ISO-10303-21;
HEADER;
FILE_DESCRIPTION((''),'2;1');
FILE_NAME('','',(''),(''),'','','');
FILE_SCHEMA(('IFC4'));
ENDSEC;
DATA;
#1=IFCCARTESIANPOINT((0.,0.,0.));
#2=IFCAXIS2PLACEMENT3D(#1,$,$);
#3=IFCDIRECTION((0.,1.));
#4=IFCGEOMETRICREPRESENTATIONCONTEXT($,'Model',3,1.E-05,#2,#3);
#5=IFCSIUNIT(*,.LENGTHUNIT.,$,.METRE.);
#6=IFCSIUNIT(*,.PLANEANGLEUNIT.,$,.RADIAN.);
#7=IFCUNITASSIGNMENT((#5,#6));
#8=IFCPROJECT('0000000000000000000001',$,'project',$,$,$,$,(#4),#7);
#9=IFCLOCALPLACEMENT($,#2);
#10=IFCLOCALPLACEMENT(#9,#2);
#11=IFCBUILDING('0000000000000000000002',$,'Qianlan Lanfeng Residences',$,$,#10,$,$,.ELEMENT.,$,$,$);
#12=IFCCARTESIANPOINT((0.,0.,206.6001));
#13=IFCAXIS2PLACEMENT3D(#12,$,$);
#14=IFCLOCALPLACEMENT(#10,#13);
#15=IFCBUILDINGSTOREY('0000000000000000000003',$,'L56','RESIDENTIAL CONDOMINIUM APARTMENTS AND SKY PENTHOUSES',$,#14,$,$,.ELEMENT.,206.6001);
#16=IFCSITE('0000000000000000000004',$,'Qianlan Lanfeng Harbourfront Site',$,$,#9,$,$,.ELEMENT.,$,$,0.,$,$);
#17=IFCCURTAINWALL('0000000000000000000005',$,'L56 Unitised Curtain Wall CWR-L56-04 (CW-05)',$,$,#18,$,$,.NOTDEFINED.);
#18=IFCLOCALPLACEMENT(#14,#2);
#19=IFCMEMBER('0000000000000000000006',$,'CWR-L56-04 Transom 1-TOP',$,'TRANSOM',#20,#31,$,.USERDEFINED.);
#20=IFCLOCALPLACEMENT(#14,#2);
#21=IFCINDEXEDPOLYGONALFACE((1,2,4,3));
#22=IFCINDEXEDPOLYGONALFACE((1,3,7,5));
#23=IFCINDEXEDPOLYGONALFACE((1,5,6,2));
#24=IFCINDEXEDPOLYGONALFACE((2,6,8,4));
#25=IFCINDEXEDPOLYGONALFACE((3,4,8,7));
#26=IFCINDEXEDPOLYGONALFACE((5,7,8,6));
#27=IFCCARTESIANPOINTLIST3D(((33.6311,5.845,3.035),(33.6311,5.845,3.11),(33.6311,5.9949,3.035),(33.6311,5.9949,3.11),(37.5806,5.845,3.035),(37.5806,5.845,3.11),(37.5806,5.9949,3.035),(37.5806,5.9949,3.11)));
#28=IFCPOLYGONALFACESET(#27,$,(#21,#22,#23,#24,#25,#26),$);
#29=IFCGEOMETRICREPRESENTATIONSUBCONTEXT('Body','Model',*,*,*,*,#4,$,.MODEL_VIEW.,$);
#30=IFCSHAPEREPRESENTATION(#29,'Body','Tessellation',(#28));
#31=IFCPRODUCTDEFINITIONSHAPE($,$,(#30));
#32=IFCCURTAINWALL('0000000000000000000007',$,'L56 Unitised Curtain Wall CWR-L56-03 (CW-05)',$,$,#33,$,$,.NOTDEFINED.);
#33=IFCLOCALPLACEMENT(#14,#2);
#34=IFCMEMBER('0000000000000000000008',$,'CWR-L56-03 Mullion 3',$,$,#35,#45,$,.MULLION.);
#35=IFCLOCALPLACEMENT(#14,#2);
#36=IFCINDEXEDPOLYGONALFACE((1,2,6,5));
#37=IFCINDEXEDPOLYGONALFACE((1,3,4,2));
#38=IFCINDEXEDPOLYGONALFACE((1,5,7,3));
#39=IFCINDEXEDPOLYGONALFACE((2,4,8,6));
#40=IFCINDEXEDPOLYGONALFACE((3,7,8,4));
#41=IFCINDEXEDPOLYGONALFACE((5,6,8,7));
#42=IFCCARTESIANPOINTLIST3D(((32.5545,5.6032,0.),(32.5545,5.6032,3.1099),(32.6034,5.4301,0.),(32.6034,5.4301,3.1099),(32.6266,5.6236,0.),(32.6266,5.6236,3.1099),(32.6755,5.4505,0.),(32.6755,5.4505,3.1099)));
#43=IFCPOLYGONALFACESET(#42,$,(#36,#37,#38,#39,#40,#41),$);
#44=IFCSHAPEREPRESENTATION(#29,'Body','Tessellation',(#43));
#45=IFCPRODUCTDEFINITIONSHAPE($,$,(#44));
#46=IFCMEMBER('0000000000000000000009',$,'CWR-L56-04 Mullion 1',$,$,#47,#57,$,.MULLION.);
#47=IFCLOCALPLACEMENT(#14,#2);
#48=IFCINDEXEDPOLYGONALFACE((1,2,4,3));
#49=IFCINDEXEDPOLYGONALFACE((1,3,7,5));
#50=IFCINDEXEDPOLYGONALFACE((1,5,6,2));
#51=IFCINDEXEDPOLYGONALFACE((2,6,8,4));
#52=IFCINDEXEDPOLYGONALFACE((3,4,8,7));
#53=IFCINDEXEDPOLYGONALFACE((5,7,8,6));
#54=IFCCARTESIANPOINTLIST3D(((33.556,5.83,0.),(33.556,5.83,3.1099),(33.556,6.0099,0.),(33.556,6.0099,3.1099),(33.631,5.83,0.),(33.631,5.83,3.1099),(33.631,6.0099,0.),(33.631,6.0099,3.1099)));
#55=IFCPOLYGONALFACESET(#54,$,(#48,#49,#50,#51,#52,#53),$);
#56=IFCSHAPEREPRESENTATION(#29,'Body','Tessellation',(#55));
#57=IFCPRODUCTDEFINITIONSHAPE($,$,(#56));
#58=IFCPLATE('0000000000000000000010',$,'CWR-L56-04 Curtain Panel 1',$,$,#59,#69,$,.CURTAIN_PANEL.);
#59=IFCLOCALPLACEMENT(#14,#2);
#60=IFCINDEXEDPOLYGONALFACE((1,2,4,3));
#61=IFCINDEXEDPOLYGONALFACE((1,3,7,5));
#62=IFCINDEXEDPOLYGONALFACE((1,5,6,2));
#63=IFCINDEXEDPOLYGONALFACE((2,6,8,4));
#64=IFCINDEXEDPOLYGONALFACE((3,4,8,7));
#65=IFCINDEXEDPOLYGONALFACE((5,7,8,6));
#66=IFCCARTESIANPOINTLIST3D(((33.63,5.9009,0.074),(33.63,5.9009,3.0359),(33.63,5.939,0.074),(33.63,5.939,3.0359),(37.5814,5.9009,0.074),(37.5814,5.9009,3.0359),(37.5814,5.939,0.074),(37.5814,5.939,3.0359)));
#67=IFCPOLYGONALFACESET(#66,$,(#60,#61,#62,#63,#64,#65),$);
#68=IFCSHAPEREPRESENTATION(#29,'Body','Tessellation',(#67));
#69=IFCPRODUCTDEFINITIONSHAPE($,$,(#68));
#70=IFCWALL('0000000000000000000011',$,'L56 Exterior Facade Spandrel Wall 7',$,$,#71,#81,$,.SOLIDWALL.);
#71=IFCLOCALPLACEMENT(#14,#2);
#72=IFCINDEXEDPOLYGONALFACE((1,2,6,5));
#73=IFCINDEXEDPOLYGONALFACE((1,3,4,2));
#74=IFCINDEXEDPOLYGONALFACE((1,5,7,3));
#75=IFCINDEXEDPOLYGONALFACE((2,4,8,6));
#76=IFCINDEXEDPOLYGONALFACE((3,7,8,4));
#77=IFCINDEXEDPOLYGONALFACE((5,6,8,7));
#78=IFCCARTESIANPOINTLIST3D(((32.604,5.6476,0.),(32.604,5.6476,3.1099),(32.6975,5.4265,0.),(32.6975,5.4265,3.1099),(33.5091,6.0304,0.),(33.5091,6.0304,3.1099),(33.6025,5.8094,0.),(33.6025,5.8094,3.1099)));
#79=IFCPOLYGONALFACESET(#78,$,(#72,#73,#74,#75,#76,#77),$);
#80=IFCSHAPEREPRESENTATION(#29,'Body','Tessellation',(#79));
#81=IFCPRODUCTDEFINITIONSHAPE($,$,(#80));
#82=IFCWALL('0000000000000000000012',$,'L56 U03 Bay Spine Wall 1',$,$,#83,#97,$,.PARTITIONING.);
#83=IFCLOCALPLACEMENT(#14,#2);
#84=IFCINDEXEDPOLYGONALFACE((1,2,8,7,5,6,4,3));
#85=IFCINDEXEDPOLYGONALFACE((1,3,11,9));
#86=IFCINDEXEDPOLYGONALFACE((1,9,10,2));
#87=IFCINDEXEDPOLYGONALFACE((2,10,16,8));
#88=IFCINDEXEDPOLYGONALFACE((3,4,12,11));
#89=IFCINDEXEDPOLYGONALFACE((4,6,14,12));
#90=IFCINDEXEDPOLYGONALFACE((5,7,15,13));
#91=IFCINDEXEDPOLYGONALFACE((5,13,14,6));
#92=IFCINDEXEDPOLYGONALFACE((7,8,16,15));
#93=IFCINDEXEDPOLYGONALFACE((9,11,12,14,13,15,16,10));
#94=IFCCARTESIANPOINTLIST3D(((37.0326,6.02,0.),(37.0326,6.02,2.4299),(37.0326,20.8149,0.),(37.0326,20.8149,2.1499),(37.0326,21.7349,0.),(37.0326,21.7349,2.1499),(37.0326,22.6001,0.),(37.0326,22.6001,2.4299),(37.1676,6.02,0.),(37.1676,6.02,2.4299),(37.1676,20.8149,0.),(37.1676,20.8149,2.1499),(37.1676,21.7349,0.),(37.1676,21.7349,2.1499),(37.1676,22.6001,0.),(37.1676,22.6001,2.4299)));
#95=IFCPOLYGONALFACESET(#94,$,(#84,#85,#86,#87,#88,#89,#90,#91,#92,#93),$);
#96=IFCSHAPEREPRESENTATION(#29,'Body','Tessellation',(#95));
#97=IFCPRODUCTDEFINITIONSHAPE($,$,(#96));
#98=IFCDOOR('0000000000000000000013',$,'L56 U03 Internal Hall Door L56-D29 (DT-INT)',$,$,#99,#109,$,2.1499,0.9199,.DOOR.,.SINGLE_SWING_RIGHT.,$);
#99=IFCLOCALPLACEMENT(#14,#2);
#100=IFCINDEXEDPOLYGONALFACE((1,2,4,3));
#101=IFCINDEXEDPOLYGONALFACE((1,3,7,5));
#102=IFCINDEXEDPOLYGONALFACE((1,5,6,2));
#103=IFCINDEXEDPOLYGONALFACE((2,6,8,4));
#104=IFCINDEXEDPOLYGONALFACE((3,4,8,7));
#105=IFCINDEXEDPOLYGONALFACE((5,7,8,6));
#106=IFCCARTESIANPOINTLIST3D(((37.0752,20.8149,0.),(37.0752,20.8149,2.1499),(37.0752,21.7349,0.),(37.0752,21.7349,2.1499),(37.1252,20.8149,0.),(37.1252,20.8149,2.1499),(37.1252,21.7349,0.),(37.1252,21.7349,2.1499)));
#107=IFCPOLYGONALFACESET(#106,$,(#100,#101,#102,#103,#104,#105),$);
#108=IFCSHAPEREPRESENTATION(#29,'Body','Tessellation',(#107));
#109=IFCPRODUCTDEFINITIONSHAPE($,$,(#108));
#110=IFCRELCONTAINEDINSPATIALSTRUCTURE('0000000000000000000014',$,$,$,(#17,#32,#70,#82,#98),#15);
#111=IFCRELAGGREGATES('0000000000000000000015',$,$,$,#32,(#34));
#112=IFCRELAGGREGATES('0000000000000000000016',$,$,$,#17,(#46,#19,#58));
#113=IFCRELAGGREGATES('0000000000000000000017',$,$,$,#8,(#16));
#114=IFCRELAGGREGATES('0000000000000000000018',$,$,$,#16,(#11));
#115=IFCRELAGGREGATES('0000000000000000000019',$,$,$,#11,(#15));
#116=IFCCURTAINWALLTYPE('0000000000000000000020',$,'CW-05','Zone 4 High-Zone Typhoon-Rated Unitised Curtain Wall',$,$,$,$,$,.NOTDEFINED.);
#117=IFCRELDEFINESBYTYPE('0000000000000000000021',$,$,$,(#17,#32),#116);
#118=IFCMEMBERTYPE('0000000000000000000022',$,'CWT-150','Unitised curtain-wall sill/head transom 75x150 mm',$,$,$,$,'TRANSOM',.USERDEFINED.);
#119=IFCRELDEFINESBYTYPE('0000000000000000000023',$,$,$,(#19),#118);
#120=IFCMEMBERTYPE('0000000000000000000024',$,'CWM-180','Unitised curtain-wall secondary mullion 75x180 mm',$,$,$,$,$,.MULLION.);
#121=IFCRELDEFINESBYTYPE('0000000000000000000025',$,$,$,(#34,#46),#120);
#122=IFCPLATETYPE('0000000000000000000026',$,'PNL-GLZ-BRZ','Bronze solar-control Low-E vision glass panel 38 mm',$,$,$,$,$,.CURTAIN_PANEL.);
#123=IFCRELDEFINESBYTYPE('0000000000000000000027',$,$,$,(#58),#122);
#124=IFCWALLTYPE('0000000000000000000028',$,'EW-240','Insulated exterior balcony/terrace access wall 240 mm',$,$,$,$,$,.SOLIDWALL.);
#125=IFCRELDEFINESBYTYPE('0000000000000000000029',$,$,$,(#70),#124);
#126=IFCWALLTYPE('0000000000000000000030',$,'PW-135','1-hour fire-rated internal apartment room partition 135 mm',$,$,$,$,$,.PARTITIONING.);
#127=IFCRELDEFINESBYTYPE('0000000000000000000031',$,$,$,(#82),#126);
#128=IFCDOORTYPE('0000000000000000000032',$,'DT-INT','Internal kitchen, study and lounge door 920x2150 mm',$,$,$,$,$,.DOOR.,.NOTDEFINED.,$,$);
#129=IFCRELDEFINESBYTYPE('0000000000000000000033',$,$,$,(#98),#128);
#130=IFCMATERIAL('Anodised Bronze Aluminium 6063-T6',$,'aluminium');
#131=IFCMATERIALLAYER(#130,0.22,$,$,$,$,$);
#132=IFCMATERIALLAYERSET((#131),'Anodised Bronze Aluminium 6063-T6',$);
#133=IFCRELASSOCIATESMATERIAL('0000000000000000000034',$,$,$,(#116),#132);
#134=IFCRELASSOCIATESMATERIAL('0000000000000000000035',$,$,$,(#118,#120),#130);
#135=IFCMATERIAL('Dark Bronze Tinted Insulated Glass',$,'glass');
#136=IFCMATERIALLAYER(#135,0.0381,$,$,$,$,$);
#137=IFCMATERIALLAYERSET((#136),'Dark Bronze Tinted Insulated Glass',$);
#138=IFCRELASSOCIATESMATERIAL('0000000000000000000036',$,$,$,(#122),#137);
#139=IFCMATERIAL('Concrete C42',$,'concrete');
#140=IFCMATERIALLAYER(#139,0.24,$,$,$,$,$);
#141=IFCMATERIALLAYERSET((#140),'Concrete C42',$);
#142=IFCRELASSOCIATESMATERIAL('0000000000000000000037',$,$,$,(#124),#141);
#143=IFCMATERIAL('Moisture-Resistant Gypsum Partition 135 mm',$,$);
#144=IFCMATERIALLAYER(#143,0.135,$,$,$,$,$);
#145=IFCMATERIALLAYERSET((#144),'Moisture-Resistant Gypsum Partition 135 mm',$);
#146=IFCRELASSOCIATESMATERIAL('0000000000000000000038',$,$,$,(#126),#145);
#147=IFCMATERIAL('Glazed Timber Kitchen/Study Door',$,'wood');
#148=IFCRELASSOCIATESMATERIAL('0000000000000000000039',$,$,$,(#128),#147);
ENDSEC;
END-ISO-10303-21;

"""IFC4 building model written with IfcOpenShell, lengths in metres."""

from ifc_helpers import new_model, si_unit, direction, frame, frame_2d, origin, origin_2d, place, context, subcontext, project, spatial, rectangle, extrude, source, transform, mapped, material, layer, layer_set, material_profile, profile_set, type_object, element, fill, aggregate, save


model = new_model("IFC4")

# Units and contexts
model_context = context("Model", 3, precision=1e-05, world=origin(), true_north=direction((0.0, 1.0)))
body_context = subcontext(model_context, "Body", "Model", "MODEL_VIEW")
ifc_project = project(units=[si_unit("LENGTHUNIT", "METRE"), si_unit("PLANEANGLEUNIT", "RADIAN")], contexts=[model_context])

# Site, building, storey
site_placement = place(None, origin())
site = spatial("IfcSite", under=ifc_project, at=site_placement, Name="Qianlan Lanfeng Harbourfront Site", CompositionType="ELEMENT", RefElevation=0.0)
building_placement = place(site_placement, origin())
building = spatial("IfcBuilding", under=site, at=building_placement, Name="Qianlan Lanfeng Residences", CompositionType="ELEMENT")
storey_placement = place(building_placement, frame((0.0, 0.0, 206.6001)))
storey = spatial("IfcBuildingStorey", under=building, at=storey_placement, Name="L56", Description="RESIDENTIAL CONDOMINIUM APARTMENTS AND SKY PENTHOUSES", CompositionType="ELEMENT", Elevation=206.6001)

# Curtain wall, member
ifc_material_1 = material(Name="Anodised Bronze Aluminium 6063-T6", Category="aluminium")
ifc_layer_1 = layer(ifc_material_1, 0.22)
ifc_layer_set_1 = layer_set([ifc_layer_1], Name="Anodised Bronze Aluminium 6063-T6")
curtain_wall_type = type_object("IfcCurtainWallType", Name="CW-05", Description="Zone 4 High-Zone Typhoon-Rated Unitised Curtain Wall", PredefinedType="NOTDEFINED", material=ifc_layer_set_1)
curtain_wall_1_placement = place(storey_placement, origin())
curtain_wall_1 = element("IfcCurtainWall", 1, at=curtain_wall_1_placement, inside=storey, type_object=curtain_wall_type, Name="L56 Unitised Curtain Wall CWR-L56-04 (CW-05)", PredefinedType="NOTDEFINED")
ifc_material_profile_1 = material_profile(ifc_material_1, rectangle(XDim=0.075, YDim=0.1499, at=origin_2d()), Name="ALU TRANSOM 75x150")
ifc_profile_set_1 = profile_set([ifc_material_profile_1], Name="Anodised Bronze Aluminium 6063-T6")
member_type_1 = type_object("IfcMemberType", Name="CWT-150", Description="Unitised curtain-wall sill/head transom 75x150 mm", ElementType="TRANSOM", PredefinedType="USERDEFINED", material=ifc_profile_set_1)
shared_shape_1 = source(origin(), body_context, "Body", "SweptSolid", [
    extrude(rectangle(XDim=0.075, YDim=0.1499, at=origin_2d()), origin(), (0.0, 0.0, 1.0), 3.9495),
])
member_1_placement = place(storey_placement, frame((33.6311, 5.9199, 3.0725), z_axis=(1.0, 0.0, 0.0), x_axis=(0.0, 0.0, 1.0)))
member_1 = element("IfcMember", 2, at=member_1_placement, type_object=member_type_1, Name="CWR-L56-04 Transom 1-TOP", ObjectType="TRANSOM", PredefinedType="USERDEFINED", context=body_context, shape_type="MappedRepresentation", body=[
    mapped(shared_shape_1, transform((0.0, 0.0, 0.0), scale=1.0)),
])

# Curtain wall, member
curtain_wall_2_placement = place(storey_placement, origin())
curtain_wall_2 = element("IfcCurtainWall", 3, at=curtain_wall_2_placement, inside=storey, type_object=curtain_wall_type, Name="L56 Unitised Curtain Wall CWR-L56-03 (CW-05)", PredefinedType="NOTDEFINED")
ifc_material_profile_2 = material_profile(ifc_material_1, rectangle(XDim=0.075, YDim=0.1799, at=origin_2d()), Name="ALU MULLION 75x180")
ifc_profile_set_2 = profile_set([ifc_material_profile_2], Name="Anodised Bronze Aluminium 6063-T6")
member_type_2 = type_object("IfcMemberType", Name="CWM-180", Description="Unitised curtain-wall secondary mullion 75x180 mm", PredefinedType="MULLION", material=ifc_profile_set_2)
shared_shape_2 = source(origin(), body_context, "Body", "SweptSolid", [
    extrude(rectangle(XDim=0.075, YDim=0.1799, at=origin_2d()), origin(), (0.0, 0.0, 1.0), 3.1099),
])
member_2_placement = place(storey_placement, frame((32.615, 5.5269, 0.0), z_axis=(0.0, 0.0, 1.0), x_axis=(0.962284, 0.272045, 0.0)))
member_2 = element("IfcMember", 4, at=member_2_placement, type_object=member_type_2, Name="CWR-L56-03 Mullion 3", PredefinedType="MULLION", context=body_context, shape_type="MappedRepresentation", body=[
    mapped(shared_shape_2, transform((0.0, 0.0, 0.0), scale=1.0)),
])
aggregate(curtain_wall_2, [member_2])

# Member
member_3_placement = place(storey_placement, frame((33.5935, 5.9199, 0.0), z_axis=(0.0, 0.0, 1.0), x_axis=(1.0, 0.0, 0.0)))
member_3 = element("IfcMember", 5, at=member_3_placement, type_object=member_type_2, Name="CWR-L56-04 Mullion 1", PredefinedType="MULLION", context=body_context, shape_type="MappedRepresentation", body=[
    mapped(shared_shape_2, transform((0.0, 0.0, 0.0), scale=1.0)),
])

# Plate
ifc_material_2 = material(Name="Dark Bronze Tinted Insulated Glass", Category="glass")
ifc_layer_2 = layer(ifc_material_2, 0.0381)
ifc_layer_set_2 = layer_set([ifc_layer_2], Name="Dark Bronze Tinted Insulated Glass")
plate_type = type_object("IfcPlateType", Name="PNL-GLZ-BRZ", Description="Bronze solar-control Low-E vision glass panel 38 mm", PredefinedType="CURTAIN_PANEL", material=ifc_layer_set_2)
shared_shape_3 = source(origin(), body_context, "Body", "SweptSolid", [
    extrude(rectangle(XDim=3.9514, YDim=0.0381, at=origin_2d()), origin(), (0.0, 0.0, 1.0), 2.9619),
])
plate_placement = place(storey_placement, frame((35.6057, 5.9199, 0.074), z_axis=(0.0, 0.0, 1.0), x_axis=(1.0, 0.0, 0.0)))
plate = element("IfcPlate", 6, at=plate_placement, type_object=plate_type, Name="CWR-L56-04 Curtain Panel 1", PredefinedType="CURTAIN_PANEL", context=body_context, shape_type="MappedRepresentation", body=[
    mapped(shared_shape_3, transform((0.0, 0.0, 0.0), scale=1.0)),
])
aggregate(curtain_wall_1, [member_3, member_1, plate])

# Wall
ifc_material_3 = material(Name="Concrete C42", Category="concrete")
ifc_layer_3 = layer(ifc_material_3, 0.24)
ifc_layer_set_3 = layer_set([ifc_layer_3], Name="Concrete C42")
wall_type_1 = type_object("IfcWallType", Name="EW-240", Description="Insulated exterior balcony/terrace access wall 240 mm", PredefinedType="SOLIDWALL", material=ifc_layer_set_3)
wall_1_placement = place(storey_placement, frame((32.6509, 5.5371, 0.0), z_axis=(0.0, 0.0, 1.0), x_axis=(0.920998, 0.389567, 0.0)))
element("IfcWall", 7, at=wall_1_placement, inside=storey, type_object=wall_type_1, Name="L56 Exterior Facade Spandrel Wall 7", PredefinedType="SOLIDWALL", context=body_context, shape_type="SweptSolid", body=[
    extrude(rectangle(XDim=0.9827, YDim=0.24, at=frame_2d((0.4912, 0.0))), origin(), (0.0, 0.0, 1.0), 3.1099),
])

# Wall, opening, door
ifc_material_4 = material(Name="Moisture-Resistant Gypsum Partition 135 mm")
ifc_layer_4 = layer(ifc_material_4, 0.135)
ifc_layer_set_4 = layer_set([ifc_layer_4], Name="Moisture-Resistant Gypsum Partition 135 mm")
wall_type_2 = type_object("IfcWallType", Name="PW-135", Description="1-hour fire-rated internal apartment room partition 135 mm", PredefinedType="PARTITIONING", material=ifc_layer_set_4)
wall_2_placement = place(storey_placement, frame((37.1001, 6.02, 0.0), z_axis=(0.0, 0.0, 1.0), x_axis=(0.0, 1.0, 0.0)))
wall_2 = element("IfcWall", 8, at=wall_2_placement, inside=storey, type_object=wall_type_2, Name="L56 U03 Bay Spine Wall 1", PredefinedType="PARTITIONING", context=body_context, shape_type="SweptSolid", body=[
    extrude(rectangle(XDim=16.5801, YDim=0.135, at=frame_2d((8.29, 0.0))), origin(), (0.0, 0.0, 1.0), 2.4299),
])
opening_1_placement = place(wall_2_placement, frame((14.7949, 0.0, 0.0)))
opening_1 = element("IfcOpeningElement", 9, at=opening_1_placement, cuts=wall_2, PredefinedType="OPENING", context=body_context, shape_type="SweptSolid", body=[
    extrude(rectangle(XDim=0.9199, YDim=2.1499, at=frame_2d((0.46, 1.075))), frame((0.0, 0.0776, 0.0), z_axis=(0.0, -1.0, 0.0), x_axis=(1.0, 0.0, 0.0)), (0.0, 0.0, 1.0), 0.155),
])
ifc_material_5 = material(Name="Glazed Timber Kitchen/Study Door", Category="wood")
door_type_1 = type_object("IfcDoorType", Name="DT-INT", Description="Internal kitchen, study and lounge door 920x2150 mm", OperationType="NOTDEFINED", PredefinedType="DOOR", material=ifc_material_5)
door_1_placement = place(opening_1_placement, origin())
door_1 = element("IfcDoor", 10, at=door_1_placement, inside=storey, type_object=door_type_1, Name="L56 U03 Internal Hall Door L56-D29 (DT-INT)", OperationType="SINGLE_SWING_RIGHT", OverallHeight=2.1499, OverallWidth=0.9199, PredefinedType="DOOR", context=body_context, shape_type="SweptSolid", body=[
    extrude(rectangle(XDim=0.9199, YDim=2.1499, at=frame_2d((0.46, 1.075))), frame((0.0, 0.0249, 0.0), z_axis=(0.0, -1.0, 0.0), x_axis=(1.0, 0.0, 0.0)), (0.0, 0.0, 1.0), 0.05),
])
fill(opening_1, door_1)

save(model, "model.ifc")
